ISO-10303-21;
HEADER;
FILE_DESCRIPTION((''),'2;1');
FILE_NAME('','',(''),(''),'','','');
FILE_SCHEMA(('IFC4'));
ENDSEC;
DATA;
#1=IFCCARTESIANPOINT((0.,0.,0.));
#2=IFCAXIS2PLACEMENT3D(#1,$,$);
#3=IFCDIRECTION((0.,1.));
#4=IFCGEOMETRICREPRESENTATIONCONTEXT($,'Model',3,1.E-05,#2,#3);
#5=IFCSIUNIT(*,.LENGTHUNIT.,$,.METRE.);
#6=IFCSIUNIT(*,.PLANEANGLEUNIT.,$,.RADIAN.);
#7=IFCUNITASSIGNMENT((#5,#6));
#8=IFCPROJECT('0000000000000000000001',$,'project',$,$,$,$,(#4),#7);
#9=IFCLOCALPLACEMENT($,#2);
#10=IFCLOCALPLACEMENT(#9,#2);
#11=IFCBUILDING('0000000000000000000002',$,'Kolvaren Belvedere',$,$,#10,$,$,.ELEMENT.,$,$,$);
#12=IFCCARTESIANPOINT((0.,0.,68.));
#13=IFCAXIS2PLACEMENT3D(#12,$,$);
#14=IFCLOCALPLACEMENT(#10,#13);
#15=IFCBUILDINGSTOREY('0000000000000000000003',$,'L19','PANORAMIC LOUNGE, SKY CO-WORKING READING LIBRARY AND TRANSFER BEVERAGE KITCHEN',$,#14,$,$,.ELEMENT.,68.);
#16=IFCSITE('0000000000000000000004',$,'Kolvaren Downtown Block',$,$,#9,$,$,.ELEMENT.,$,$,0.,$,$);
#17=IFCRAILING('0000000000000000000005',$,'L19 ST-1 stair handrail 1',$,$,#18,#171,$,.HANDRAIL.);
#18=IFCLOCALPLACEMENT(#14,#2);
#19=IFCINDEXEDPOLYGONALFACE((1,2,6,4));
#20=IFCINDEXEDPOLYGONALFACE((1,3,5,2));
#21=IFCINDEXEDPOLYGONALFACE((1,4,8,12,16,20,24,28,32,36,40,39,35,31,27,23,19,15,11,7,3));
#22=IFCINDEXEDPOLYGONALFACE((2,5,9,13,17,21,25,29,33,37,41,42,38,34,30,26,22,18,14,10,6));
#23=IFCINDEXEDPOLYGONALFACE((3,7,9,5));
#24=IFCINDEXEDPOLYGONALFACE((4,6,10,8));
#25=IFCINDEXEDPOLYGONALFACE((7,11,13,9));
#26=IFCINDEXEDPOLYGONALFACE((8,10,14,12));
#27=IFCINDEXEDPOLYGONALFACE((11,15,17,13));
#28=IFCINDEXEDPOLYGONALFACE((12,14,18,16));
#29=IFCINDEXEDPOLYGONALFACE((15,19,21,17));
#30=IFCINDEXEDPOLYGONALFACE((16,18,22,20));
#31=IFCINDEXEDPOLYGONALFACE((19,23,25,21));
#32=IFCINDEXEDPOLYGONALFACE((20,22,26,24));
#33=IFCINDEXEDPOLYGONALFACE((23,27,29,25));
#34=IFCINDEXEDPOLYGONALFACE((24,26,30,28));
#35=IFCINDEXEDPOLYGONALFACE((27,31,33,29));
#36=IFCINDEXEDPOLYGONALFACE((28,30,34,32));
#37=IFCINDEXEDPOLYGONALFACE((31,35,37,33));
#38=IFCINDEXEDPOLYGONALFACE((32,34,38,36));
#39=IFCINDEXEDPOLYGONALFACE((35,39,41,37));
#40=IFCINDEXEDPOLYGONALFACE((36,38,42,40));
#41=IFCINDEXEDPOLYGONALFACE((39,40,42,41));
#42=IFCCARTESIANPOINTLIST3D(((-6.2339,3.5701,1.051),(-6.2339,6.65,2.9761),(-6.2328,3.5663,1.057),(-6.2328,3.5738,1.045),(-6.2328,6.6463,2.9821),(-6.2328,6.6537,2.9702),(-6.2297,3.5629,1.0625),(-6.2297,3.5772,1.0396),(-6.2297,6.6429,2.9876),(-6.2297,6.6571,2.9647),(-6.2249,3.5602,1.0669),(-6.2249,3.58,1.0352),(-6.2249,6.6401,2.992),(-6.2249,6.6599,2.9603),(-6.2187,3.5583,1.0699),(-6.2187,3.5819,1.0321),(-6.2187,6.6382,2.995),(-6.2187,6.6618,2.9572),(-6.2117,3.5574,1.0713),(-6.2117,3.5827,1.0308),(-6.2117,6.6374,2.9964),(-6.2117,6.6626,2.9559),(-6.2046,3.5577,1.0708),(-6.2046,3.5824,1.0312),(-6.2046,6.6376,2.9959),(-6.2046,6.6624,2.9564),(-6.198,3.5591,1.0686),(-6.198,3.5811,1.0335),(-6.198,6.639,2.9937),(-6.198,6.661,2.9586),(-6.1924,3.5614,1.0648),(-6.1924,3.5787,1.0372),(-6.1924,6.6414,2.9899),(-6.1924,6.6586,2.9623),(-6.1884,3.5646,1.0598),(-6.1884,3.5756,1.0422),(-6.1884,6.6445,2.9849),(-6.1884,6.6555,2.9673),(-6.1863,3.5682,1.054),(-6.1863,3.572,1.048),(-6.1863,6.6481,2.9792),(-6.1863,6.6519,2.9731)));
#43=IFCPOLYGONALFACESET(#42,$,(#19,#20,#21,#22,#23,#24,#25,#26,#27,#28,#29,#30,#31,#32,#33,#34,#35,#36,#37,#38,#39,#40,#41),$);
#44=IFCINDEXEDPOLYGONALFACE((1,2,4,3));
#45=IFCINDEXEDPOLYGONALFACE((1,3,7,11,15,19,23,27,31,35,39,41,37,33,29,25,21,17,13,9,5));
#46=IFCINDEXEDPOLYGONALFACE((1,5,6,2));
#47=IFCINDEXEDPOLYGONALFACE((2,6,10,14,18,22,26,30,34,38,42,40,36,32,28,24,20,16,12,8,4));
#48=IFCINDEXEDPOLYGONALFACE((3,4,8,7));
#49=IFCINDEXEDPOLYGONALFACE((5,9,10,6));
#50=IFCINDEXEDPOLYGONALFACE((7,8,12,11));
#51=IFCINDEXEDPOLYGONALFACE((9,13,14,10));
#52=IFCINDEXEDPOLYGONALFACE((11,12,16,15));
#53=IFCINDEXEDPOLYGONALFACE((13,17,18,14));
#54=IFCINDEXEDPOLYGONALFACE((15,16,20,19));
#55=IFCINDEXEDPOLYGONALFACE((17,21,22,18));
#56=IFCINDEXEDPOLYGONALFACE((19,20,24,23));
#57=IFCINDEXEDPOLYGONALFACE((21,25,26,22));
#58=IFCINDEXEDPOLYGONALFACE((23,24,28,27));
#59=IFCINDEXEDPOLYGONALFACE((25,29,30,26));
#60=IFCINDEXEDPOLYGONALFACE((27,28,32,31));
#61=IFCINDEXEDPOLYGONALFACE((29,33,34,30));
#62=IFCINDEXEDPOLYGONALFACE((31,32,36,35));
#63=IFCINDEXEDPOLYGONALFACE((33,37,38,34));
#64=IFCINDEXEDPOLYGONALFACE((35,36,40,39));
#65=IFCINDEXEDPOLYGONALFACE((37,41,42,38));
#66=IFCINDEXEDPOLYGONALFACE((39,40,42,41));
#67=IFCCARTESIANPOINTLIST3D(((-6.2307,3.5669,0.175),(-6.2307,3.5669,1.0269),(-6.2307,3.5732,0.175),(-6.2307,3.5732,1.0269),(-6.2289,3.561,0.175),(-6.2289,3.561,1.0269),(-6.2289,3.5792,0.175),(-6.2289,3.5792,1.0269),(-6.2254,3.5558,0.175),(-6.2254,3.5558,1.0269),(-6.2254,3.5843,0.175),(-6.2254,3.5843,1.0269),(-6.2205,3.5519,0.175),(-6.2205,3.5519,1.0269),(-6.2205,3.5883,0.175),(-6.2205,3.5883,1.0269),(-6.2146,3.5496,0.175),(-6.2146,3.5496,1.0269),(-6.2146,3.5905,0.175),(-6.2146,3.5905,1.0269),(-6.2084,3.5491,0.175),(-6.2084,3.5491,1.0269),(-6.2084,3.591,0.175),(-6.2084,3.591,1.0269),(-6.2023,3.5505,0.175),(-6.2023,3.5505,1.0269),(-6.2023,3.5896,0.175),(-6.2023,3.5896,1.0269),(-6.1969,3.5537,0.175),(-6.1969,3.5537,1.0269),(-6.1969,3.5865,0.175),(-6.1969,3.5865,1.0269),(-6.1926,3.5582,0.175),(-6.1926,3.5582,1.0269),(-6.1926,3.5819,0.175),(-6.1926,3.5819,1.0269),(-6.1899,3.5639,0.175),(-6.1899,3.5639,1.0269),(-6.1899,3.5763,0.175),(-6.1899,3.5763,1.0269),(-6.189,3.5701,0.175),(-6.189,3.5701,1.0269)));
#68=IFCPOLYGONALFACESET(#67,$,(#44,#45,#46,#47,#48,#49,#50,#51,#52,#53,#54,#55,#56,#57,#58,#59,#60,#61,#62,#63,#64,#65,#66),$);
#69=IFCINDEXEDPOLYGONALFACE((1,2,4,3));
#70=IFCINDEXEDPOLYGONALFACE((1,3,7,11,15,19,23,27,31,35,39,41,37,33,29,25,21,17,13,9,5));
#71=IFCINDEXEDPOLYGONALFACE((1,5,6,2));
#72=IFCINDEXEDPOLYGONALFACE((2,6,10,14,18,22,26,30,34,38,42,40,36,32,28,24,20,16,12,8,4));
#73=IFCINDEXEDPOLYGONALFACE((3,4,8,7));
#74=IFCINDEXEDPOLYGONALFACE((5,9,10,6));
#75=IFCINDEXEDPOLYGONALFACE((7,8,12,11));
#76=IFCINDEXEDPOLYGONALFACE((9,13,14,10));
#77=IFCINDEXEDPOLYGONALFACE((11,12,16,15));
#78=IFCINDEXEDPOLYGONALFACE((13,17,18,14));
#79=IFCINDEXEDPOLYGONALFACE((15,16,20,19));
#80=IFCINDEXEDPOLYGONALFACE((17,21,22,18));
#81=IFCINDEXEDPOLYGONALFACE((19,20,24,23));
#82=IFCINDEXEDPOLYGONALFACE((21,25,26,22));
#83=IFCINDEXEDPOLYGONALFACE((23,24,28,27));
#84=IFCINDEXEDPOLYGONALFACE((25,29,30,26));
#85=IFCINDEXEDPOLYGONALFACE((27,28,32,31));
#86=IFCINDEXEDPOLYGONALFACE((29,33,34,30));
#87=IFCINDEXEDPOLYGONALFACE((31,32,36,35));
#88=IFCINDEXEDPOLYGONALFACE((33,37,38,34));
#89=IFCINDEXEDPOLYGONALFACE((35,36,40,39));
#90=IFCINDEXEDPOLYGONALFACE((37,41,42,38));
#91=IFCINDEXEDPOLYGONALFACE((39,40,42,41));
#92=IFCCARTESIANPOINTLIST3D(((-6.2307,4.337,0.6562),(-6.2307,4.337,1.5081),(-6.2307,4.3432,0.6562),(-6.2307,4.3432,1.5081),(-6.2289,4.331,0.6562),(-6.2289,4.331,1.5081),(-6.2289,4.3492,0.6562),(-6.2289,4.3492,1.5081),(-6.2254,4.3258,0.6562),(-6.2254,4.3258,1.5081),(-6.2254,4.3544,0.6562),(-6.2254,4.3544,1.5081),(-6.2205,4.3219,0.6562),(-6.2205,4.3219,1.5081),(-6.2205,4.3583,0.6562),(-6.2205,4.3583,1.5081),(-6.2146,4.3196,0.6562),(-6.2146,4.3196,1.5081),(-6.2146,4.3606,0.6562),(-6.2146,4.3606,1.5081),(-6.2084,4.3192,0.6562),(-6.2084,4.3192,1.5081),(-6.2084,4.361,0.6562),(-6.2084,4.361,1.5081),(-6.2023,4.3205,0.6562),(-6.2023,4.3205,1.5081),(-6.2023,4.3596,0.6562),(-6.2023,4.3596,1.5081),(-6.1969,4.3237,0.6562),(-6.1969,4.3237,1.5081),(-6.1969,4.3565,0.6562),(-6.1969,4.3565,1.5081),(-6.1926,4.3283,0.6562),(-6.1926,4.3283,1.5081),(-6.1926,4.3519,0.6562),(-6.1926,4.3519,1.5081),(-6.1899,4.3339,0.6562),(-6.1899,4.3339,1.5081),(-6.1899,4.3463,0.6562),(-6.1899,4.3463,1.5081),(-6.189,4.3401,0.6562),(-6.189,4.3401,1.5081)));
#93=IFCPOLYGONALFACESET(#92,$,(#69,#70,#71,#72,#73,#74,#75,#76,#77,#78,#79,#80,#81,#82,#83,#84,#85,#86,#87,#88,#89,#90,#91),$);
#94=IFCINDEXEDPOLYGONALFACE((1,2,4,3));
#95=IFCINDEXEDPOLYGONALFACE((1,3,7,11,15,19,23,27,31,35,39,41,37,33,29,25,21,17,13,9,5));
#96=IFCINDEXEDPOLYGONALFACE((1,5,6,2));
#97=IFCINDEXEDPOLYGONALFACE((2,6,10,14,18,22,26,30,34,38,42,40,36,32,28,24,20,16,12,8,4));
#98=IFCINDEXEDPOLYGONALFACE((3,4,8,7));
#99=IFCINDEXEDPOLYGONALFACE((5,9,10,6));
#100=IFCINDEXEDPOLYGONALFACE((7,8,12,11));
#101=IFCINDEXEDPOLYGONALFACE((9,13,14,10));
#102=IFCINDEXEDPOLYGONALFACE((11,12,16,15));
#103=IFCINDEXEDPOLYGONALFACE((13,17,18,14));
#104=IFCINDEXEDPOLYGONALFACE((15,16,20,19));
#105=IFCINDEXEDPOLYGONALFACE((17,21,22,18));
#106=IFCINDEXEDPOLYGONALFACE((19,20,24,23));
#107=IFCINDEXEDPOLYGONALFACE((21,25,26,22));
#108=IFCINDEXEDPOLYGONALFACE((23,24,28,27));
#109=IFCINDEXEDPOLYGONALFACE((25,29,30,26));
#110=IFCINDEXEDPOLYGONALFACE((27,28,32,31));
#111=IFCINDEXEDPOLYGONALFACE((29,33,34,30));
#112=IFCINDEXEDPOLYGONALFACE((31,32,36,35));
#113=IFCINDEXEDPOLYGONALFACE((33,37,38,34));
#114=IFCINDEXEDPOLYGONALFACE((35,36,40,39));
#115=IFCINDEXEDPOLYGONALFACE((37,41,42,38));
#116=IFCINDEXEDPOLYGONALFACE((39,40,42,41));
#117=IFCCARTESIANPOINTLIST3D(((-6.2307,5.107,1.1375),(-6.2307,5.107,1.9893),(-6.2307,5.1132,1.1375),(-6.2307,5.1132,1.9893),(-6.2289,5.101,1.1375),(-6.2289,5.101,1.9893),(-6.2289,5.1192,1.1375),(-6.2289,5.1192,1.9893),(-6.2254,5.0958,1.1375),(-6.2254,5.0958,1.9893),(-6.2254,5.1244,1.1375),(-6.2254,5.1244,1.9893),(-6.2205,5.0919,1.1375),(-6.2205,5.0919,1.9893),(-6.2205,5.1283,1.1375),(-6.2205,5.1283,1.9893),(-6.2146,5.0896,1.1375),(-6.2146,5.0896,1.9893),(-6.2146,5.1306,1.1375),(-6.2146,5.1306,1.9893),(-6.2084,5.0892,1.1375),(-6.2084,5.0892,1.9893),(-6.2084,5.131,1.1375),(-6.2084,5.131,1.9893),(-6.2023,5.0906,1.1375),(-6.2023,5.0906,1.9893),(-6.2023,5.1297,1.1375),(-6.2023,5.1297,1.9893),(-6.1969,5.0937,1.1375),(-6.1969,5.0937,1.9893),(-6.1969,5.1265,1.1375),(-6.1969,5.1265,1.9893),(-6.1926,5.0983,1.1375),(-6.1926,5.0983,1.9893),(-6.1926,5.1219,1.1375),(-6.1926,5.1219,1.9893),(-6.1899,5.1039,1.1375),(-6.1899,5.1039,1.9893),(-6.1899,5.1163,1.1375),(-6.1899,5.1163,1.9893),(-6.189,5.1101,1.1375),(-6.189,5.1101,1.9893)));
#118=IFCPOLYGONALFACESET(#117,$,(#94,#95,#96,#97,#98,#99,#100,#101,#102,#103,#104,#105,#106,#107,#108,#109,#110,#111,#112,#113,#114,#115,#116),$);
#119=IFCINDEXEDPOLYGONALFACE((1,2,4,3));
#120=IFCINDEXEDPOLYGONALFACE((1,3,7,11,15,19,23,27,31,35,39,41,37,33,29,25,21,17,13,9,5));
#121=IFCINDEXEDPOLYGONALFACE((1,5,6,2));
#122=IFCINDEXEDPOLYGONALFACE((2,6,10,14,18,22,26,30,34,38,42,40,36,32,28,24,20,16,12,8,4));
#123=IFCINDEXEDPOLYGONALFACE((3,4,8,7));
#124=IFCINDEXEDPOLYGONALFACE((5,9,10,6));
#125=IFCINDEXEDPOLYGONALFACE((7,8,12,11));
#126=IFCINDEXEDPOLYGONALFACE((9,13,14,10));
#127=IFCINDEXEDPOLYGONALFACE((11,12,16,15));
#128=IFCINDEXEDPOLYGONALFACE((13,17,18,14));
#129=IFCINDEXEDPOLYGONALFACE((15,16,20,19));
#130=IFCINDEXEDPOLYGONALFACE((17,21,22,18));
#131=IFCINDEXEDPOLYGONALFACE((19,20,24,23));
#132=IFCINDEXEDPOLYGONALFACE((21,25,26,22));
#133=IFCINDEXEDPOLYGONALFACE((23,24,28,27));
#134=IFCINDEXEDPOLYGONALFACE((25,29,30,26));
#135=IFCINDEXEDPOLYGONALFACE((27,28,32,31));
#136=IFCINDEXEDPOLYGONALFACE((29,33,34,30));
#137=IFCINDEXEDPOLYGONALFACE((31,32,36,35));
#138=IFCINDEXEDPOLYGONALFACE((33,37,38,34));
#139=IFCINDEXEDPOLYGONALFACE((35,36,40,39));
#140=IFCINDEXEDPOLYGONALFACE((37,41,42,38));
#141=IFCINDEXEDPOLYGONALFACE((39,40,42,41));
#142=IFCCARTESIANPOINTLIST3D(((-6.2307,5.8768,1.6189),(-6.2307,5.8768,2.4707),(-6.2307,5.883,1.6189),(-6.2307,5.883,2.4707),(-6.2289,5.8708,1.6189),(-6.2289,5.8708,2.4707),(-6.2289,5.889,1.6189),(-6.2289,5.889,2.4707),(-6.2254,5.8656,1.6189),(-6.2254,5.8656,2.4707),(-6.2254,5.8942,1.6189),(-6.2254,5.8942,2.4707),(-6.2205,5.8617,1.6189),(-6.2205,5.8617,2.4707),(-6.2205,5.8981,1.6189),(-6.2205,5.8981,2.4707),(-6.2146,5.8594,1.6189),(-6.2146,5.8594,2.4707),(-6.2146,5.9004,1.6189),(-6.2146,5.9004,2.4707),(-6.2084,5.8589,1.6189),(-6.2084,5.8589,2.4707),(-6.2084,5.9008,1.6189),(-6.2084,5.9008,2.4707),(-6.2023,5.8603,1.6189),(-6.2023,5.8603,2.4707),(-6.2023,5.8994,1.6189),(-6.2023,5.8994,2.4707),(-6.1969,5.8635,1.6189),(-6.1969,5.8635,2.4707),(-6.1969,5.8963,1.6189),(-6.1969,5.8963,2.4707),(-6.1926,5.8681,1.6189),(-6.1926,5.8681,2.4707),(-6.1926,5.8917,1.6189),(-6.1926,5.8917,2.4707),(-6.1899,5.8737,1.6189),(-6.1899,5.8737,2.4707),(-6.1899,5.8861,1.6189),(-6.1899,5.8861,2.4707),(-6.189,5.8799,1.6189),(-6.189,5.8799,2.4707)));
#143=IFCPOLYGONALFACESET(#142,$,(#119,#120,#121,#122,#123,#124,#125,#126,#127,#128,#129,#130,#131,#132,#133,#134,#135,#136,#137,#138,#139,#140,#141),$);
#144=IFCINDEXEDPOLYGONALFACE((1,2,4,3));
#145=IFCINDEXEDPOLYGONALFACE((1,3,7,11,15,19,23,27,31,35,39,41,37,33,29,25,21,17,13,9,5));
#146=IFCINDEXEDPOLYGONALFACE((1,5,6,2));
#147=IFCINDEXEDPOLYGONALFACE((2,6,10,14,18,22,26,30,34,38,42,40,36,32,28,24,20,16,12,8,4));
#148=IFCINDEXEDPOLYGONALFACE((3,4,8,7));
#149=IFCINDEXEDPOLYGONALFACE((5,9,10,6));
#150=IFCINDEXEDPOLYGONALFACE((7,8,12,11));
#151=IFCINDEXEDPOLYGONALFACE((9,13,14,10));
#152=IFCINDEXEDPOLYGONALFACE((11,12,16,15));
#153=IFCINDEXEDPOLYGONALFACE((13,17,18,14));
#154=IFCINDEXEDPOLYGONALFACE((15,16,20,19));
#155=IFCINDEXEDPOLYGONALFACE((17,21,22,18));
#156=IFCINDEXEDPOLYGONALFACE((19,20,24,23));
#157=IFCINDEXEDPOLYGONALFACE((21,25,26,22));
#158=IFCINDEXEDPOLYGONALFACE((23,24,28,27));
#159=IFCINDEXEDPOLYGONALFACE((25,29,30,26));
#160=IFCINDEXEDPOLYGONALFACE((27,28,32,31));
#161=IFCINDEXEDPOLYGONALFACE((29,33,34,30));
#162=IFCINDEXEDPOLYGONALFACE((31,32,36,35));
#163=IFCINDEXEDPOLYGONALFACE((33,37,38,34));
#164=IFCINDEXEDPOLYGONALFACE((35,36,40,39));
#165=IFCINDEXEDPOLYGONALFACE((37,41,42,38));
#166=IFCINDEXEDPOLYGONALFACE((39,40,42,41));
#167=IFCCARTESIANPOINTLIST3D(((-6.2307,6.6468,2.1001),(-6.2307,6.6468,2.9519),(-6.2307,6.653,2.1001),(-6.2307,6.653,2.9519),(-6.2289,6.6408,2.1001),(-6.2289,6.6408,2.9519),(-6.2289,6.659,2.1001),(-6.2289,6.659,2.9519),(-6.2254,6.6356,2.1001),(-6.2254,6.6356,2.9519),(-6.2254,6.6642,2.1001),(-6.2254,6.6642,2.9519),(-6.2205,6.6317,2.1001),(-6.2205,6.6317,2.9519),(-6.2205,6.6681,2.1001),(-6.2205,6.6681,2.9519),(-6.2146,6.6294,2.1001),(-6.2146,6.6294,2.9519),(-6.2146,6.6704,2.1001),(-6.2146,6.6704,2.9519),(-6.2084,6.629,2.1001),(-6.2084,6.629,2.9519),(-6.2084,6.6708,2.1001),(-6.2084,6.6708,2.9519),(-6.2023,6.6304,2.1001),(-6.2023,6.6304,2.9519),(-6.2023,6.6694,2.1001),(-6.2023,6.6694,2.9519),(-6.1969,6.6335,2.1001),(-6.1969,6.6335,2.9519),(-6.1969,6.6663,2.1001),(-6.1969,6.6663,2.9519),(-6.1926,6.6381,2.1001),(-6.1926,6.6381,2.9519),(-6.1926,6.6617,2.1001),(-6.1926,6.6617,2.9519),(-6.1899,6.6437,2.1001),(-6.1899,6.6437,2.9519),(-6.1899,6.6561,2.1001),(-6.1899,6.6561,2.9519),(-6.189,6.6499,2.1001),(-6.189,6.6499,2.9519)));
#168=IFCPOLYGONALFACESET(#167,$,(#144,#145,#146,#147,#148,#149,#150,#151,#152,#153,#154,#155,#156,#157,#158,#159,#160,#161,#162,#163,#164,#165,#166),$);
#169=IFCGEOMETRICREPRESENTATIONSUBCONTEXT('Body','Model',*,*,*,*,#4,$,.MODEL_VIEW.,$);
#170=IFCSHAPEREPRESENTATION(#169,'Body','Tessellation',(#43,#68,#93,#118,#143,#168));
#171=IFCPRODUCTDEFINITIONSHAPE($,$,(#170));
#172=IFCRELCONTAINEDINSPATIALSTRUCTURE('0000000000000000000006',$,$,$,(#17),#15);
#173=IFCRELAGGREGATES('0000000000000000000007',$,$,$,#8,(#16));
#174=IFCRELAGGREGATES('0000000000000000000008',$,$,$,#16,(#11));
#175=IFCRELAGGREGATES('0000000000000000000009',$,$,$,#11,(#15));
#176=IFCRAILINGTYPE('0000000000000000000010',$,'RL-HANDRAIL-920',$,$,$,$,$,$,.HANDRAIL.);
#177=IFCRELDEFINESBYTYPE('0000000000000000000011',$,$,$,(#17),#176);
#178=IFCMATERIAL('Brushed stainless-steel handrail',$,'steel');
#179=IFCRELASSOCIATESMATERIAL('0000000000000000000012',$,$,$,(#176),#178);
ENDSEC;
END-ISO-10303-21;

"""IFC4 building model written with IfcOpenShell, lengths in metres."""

from ifc_helpers import new_model, si_unit, direction, frame, origin, origin_2d, place, context, subcontext, project, spatial, circle, extrude, material, type_object, element, save


model = new_model("IFC4")

# Units and contexts
model_context = context("Model", 3, precision=1e-05, world=origin(), true_north=direction((0.0, 1.0)))
body_context = subcontext(model_context, "Body", "Model", "MODEL_VIEW")
ifc_project = project(units=[si_unit("LENGTHUNIT", "METRE"), si_unit("PLANEANGLEUNIT", "RADIAN")], contexts=[model_context])

# Site, building, storey
site_placement = place(None, origin())
site = spatial("IfcSite", under=ifc_project, at=site_placement, Name="Kolvaren Downtown Block", CompositionType="ELEMENT", RefElevation=0.0)
building_placement = place(site_placement, origin())
building = spatial("IfcBuilding", under=site, at=building_placement, Name="Kolvaren Belvedere", CompositionType="ELEMENT")
storey_placement = place(building_placement, frame((0.0, 0.0, 68.0)))
storey = spatial("IfcBuildingStorey", under=building, at=storey_placement, Name="L19", Description="PANORAMIC LOUNGE, SKY CO-WORKING READING LIBRARY AND TRANSFER BEVERAGE KITCHEN", CompositionType="ELEMENT", Elevation=68.0)

# Railing
ifc_material_1 = material(Name="Brushed stainless-steel handrail", Category="steel")
railing_type_1 = type_object("IfcRailingType", Name="RL-HANDRAIL-920", PredefinedType="HANDRAIL", material=ifc_material_1)
railing_1_placement = place(storey_placement, frame((-6.21, 3.5701, 0.175)))
element("IfcRailing", 1, at=railing_1_placement, inside=storey, type_object=railing_type_1, Name="L19 ST-1 stair handrail 1", PredefinedType="HANDRAIL", context=body_context, shape_type="SweptSolid", body=[
    extrude(circle(Radius=0.0239, at=origin_2d()), frame((0.0, 0.0, 0.876), z_axis=(0.0, 0.847979, 0.530029), x_axis=(-1.0, 0.0, 0.0)), (0.0, 0.0, 1.0), 3.6321),
    extrude(circle(Radius=0.021, at=origin_2d()), origin(), (0.0, 0.0, 1.0), 0.8518),
    extrude(circle(Radius=0.021, at=origin_2d()), frame((0.0, 0.77, 0.4812)), (0.0, 0.0, 1.0), 0.8518),
    extrude(circle(Radius=0.021, at=origin_2d()), frame((0.0, 1.54, 0.9624)), (0.0, 0.0, 1.0), 0.8518),
    extrude(circle(Radius=0.021, at=origin_2d()), frame((0.0, 2.3098, 1.4438)), (0.0, 0.0, 1.0), 0.8518),
    extrude(circle(Radius=0.021, at=origin_2d()), frame((0.0, 3.0798, 1.925)), (0.0, 0.0, 1.0), 0.8518),
])

save(model, "model.ifc")
